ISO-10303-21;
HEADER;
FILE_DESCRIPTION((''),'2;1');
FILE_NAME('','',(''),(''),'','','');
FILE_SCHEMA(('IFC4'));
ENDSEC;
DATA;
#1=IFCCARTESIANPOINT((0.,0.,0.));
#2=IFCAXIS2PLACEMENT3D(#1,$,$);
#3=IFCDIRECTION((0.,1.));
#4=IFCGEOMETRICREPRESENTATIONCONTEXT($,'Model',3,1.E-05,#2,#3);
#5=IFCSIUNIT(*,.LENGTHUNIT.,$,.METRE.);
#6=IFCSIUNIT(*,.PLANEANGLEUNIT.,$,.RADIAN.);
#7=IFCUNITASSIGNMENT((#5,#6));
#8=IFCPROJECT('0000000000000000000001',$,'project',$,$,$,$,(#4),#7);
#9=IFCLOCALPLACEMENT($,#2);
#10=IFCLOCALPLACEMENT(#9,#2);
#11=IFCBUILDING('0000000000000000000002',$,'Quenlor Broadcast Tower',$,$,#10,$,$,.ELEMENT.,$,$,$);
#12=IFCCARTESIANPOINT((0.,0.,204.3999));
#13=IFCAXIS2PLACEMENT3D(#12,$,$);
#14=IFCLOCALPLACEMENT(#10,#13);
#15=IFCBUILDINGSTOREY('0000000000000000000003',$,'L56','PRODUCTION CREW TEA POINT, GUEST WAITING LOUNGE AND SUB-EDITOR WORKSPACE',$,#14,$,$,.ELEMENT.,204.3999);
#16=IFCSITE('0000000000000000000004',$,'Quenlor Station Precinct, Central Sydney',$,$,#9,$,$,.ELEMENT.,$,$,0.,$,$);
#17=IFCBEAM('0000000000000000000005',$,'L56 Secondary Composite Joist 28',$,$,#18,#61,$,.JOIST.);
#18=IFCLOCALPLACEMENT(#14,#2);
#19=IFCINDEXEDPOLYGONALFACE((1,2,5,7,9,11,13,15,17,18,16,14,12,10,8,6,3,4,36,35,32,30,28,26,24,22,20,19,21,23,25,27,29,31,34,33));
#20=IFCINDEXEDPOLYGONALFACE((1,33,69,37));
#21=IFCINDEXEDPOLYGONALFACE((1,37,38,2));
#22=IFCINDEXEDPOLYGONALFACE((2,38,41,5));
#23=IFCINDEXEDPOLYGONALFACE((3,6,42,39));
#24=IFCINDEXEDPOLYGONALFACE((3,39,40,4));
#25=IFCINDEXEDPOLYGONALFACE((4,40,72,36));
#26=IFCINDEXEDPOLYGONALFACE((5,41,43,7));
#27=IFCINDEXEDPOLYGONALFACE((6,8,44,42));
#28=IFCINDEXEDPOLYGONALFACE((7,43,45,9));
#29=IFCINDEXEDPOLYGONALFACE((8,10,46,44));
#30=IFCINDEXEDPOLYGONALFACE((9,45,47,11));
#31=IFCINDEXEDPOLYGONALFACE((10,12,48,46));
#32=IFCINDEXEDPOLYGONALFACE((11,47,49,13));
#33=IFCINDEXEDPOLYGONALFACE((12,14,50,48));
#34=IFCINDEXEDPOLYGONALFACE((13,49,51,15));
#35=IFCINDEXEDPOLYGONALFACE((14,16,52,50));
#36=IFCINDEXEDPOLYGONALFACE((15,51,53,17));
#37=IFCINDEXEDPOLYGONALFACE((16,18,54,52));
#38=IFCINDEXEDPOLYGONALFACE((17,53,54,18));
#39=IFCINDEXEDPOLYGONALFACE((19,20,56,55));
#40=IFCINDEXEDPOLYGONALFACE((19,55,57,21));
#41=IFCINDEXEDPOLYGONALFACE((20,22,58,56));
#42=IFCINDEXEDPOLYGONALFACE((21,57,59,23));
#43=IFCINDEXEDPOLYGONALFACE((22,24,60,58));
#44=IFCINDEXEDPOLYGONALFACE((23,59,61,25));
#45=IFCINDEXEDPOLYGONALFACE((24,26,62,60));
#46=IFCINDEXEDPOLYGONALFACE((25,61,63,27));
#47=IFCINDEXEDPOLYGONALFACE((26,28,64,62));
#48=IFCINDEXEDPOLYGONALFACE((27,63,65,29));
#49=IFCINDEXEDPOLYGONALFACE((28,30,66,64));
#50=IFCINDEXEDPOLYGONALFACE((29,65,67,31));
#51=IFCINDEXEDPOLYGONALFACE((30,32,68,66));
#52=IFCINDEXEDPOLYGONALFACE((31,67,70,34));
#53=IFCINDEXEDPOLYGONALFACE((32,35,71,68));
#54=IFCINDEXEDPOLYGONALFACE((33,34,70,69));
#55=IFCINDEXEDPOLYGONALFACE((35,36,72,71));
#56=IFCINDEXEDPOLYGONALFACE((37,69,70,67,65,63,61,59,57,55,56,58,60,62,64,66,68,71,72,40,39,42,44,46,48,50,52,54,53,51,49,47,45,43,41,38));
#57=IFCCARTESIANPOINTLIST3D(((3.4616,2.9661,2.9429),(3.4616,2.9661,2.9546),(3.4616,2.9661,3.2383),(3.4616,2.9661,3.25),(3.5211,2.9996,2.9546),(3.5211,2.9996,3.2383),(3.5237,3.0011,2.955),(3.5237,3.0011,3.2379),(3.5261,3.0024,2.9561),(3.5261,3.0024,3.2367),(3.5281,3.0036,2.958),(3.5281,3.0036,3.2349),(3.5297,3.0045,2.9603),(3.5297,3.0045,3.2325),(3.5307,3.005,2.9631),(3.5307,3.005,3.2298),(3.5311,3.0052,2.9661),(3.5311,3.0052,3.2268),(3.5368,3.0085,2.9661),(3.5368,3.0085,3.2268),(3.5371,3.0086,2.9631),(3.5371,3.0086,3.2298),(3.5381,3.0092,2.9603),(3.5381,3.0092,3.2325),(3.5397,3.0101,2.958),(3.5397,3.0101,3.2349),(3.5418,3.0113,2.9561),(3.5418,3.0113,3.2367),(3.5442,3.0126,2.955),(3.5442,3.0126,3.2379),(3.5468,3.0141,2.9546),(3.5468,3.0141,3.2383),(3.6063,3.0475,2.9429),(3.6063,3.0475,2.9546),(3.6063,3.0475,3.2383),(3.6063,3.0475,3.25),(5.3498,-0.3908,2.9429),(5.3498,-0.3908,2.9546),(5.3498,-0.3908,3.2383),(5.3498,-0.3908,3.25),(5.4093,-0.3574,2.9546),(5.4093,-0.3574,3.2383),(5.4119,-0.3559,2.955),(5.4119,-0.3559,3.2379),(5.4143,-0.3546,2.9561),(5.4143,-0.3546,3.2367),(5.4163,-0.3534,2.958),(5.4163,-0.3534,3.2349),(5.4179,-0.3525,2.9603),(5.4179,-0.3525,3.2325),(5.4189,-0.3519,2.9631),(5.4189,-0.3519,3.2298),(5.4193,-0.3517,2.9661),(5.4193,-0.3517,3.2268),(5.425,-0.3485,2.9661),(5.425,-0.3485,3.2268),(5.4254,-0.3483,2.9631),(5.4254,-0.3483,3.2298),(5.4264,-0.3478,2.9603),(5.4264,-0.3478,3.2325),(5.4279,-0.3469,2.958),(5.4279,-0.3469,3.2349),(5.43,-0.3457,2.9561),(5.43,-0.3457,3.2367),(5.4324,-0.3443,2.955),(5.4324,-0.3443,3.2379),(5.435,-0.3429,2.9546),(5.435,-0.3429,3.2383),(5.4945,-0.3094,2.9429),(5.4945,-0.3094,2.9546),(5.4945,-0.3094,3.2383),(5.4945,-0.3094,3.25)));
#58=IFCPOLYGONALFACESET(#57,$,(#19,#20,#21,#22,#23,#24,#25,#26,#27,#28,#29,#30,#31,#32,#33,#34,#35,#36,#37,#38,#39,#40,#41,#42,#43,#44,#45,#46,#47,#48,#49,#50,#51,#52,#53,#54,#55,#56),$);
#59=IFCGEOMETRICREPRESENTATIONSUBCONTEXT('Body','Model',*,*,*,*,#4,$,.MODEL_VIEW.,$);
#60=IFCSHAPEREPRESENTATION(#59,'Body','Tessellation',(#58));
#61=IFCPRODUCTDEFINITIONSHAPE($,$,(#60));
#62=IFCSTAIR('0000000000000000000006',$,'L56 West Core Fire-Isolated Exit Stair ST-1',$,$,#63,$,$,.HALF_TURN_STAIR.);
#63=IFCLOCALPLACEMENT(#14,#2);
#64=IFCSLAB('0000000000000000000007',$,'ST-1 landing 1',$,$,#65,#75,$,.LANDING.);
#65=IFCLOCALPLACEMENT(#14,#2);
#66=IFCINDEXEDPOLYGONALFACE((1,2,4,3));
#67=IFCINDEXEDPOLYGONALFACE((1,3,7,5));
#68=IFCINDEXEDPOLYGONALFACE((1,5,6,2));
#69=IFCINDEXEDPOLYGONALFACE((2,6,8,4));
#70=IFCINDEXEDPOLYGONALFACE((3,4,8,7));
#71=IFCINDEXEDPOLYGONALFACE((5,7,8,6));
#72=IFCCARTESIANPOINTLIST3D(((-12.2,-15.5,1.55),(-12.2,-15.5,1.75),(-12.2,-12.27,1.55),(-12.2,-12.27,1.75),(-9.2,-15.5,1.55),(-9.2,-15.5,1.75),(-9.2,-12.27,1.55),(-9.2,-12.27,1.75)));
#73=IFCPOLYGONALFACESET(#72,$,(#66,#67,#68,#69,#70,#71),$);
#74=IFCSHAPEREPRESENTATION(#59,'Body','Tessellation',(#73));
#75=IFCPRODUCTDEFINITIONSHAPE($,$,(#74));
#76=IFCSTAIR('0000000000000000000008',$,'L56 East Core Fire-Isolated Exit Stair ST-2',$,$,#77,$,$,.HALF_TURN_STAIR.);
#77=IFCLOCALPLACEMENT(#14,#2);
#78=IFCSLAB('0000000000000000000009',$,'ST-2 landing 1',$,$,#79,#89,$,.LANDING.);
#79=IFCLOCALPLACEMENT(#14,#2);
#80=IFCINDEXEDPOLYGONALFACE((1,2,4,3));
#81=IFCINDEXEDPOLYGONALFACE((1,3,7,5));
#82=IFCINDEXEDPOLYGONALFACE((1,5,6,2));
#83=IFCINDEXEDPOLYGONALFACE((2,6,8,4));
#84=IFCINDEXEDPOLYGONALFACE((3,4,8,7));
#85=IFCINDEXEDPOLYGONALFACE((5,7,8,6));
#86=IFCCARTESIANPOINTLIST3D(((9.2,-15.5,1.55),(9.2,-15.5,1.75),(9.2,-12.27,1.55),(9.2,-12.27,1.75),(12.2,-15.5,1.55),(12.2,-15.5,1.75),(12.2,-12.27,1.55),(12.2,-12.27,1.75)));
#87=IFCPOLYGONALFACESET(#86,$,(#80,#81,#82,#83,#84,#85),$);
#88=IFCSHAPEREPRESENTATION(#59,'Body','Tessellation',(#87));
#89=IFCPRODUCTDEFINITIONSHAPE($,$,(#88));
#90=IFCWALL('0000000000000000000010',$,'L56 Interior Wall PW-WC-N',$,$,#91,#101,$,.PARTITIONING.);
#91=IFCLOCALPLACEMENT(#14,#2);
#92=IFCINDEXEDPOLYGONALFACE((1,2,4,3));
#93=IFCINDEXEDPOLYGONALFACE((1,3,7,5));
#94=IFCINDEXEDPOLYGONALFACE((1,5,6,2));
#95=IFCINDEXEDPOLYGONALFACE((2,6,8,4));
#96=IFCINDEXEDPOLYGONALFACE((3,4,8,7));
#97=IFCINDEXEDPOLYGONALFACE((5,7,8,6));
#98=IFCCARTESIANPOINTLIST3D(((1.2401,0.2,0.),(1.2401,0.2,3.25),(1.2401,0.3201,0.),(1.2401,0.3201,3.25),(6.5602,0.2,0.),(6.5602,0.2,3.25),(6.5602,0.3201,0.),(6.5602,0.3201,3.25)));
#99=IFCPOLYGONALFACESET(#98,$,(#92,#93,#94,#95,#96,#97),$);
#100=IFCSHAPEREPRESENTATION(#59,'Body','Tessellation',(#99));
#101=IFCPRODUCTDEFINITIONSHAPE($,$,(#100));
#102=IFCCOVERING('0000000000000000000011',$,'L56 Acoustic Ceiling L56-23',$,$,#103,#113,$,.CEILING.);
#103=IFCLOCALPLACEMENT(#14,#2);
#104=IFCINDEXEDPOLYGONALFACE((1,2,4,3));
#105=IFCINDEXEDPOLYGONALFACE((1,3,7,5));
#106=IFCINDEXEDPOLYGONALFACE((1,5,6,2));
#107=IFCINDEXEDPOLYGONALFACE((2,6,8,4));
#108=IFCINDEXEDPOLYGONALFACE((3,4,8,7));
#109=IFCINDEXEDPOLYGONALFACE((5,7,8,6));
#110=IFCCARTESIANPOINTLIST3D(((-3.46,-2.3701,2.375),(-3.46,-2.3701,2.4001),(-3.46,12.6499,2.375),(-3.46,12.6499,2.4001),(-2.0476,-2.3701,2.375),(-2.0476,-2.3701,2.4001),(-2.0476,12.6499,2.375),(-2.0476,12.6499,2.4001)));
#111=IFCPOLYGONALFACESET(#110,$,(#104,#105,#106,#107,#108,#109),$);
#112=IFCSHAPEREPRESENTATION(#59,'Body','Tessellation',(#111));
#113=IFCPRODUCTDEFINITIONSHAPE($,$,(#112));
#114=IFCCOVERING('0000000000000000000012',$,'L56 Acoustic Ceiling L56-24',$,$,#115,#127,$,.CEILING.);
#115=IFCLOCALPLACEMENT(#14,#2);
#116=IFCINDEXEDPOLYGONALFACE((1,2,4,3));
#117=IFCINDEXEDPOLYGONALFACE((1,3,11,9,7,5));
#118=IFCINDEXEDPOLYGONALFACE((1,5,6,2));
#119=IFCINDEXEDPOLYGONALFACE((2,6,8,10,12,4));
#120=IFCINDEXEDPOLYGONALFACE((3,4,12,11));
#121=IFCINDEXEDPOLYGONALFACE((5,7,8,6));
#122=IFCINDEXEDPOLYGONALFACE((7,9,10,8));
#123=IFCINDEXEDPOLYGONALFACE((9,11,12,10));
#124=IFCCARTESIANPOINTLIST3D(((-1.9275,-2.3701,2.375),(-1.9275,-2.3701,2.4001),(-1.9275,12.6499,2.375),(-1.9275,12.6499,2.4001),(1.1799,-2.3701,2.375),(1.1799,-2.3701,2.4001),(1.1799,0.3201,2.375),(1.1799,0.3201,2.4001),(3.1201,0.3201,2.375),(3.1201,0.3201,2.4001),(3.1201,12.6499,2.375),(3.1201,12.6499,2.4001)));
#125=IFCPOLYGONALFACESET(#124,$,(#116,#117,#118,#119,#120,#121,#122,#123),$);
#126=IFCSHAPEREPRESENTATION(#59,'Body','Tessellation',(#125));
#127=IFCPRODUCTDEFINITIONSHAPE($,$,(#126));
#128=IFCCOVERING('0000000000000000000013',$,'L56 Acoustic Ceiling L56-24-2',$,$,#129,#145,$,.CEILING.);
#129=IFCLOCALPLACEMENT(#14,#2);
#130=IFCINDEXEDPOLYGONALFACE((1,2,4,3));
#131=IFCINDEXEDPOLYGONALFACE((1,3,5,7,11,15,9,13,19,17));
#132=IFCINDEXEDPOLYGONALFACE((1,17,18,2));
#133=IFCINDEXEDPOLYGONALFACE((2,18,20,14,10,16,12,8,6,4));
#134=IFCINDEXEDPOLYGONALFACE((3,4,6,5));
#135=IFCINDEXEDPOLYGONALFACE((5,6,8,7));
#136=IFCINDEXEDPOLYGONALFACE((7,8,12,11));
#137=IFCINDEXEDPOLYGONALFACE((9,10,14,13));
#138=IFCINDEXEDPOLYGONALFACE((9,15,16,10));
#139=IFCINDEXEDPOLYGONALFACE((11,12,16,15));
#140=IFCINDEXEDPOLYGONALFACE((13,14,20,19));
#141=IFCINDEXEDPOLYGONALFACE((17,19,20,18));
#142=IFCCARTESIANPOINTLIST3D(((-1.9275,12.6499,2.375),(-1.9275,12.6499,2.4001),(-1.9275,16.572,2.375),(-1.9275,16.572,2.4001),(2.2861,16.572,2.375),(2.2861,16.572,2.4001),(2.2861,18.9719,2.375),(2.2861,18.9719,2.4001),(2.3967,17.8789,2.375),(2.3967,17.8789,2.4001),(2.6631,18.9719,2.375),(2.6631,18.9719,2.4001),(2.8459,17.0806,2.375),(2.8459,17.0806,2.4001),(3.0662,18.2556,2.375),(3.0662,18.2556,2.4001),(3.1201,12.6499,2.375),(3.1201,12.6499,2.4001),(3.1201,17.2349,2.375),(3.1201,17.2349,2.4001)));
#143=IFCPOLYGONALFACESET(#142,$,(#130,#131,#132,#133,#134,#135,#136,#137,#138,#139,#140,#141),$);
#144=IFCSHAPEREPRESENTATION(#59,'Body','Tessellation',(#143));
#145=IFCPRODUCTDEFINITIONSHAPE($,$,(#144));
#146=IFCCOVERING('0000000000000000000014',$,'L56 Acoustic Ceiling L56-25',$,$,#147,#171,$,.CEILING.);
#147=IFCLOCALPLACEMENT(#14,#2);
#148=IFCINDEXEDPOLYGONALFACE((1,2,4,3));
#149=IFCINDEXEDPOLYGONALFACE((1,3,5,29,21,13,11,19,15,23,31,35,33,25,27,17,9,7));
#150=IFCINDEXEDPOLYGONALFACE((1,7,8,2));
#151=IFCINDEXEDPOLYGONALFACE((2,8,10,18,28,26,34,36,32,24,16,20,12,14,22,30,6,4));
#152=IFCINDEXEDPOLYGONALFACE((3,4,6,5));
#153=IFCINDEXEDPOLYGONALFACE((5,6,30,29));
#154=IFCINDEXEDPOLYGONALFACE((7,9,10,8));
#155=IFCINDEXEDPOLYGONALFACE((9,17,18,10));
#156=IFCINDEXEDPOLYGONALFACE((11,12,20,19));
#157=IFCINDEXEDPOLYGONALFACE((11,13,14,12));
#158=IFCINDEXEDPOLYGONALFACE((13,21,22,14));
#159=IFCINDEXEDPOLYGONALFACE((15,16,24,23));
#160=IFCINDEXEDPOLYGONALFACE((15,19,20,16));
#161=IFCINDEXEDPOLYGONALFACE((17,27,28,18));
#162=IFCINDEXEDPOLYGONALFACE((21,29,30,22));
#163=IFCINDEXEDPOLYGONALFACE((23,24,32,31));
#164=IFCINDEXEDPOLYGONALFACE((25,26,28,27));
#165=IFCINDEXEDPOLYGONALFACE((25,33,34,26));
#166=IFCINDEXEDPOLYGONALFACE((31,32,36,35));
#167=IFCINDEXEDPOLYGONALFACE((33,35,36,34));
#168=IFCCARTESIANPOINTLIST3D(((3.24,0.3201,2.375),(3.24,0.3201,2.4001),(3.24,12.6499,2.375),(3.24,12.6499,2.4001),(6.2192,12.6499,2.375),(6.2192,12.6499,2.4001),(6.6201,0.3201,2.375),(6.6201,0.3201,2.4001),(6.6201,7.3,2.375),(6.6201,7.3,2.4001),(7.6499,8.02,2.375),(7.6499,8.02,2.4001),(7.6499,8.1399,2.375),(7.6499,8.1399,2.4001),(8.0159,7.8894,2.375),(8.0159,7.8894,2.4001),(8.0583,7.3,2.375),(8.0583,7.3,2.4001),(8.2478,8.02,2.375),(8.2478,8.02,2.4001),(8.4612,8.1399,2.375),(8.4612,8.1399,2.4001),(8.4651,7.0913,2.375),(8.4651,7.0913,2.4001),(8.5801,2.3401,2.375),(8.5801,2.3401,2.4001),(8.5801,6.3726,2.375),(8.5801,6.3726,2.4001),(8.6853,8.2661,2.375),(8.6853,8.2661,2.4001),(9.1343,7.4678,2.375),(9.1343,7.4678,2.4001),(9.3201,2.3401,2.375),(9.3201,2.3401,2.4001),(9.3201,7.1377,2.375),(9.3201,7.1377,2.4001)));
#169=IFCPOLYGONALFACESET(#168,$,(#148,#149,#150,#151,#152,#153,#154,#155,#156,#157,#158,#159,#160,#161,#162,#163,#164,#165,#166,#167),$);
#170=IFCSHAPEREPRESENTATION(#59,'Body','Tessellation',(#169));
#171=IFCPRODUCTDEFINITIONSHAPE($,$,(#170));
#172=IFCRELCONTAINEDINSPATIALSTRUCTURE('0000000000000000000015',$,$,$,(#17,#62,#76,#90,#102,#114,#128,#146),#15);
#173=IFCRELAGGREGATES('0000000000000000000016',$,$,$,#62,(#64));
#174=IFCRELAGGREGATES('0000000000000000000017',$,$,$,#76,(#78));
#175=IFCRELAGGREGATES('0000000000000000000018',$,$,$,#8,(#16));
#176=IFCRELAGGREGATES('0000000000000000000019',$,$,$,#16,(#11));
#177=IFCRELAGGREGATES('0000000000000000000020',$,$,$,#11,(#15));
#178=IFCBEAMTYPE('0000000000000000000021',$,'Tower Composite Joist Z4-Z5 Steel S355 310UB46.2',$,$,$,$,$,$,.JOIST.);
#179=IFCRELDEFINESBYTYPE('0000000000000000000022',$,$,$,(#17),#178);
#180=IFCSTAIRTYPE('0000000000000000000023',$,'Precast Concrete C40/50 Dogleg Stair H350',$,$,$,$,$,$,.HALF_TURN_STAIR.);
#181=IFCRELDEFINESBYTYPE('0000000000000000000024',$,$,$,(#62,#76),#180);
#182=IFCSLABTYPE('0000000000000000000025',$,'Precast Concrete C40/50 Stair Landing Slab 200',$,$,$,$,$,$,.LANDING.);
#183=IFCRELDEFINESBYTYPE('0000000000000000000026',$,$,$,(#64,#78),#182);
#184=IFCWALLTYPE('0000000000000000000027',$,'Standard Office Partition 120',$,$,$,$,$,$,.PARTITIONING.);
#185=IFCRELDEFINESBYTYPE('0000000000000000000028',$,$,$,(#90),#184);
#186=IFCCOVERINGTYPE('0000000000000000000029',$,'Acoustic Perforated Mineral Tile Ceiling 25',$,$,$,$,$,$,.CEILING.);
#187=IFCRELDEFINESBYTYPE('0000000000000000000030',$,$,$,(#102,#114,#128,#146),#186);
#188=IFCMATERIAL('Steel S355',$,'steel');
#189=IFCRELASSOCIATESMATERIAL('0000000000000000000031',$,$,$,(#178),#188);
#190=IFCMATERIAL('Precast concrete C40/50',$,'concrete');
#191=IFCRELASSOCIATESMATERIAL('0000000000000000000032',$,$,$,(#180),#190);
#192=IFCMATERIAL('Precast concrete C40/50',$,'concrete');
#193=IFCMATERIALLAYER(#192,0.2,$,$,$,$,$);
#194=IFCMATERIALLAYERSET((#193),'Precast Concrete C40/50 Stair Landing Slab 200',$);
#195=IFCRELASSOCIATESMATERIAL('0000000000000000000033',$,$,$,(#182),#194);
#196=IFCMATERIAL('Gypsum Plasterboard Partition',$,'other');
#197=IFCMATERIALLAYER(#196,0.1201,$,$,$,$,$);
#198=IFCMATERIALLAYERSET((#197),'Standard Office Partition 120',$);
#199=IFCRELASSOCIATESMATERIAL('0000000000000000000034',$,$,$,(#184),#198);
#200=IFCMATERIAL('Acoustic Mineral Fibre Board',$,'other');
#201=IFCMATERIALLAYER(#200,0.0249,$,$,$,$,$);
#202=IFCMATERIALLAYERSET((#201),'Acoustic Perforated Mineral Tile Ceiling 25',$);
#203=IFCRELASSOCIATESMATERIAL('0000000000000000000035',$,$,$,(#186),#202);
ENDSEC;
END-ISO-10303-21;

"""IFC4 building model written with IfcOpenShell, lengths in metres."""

from ifc_helpers import new_model, si_unit, direction, frame, frame_2d, origin, origin_2d, place, context, subcontext, project, spatial, polyline, rectangle, i_section, outline, extrude, material, layer, layer_set, material_profile, profile_set, type_object, element, aggregate, save


model = new_model("IFC4")

# Units and contexts
model_context = context("Model", 3, precision=1e-05, world=origin(), true_north=direction((0.0, 1.0)))
body_context = subcontext(model_context, "Body", "Model", "MODEL_VIEW")
ifc_project = project(units=[si_unit("LENGTHUNIT", "METRE"), si_unit("PLANEANGLEUNIT", "RADIAN")], contexts=[model_context])

# Site, building, storey
site_placement = place(None, origin())
site = spatial("IfcSite", under=ifc_project, at=site_placement, Name="Quenlor Station Precinct, Central Sydney", CompositionType="ELEMENT", RefElevation=0.0)
building_placement = place(site_placement, origin())
building = spatial("IfcBuilding", under=site, at=building_placement, Name="Quenlor Broadcast Tower", CompositionType="ELEMENT")
storey_placement = place(building_placement, frame((0.0, 0.0, 204.3999)))
storey = spatial("IfcBuildingStorey", under=building, at=storey_placement, Name="L56", Description="PRODUCTION CREW TEA POINT, GUEST WAITING LOUNGE AND SUB-EDITOR WORKSPACE", CompositionType="ELEMENT", Elevation=204.3999)

# Beam
ifc_material_1 = material(Name="Steel S355", Category="steel")
ifc_material_profile = material_profile(ifc_material_1, i_section(OverallWidth=0.166, OverallDepth=0.3071, WebThickness=0.0066, FlangeThickness=0.0117, FilletRadius=0.0115, at=origin_2d()))
ifc_profile_set = profile_set([ifc_material_profile], Name="Steel S355 310UB46.2")
beam_type = type_object("IfcBeamType", Name="Tower Composite Joist Z4-Z5 Steel S355 310UB46.2", PredefinedType="JOIST", material=ifc_profile_set)
beam_placement = place(storey_placement, frame((3.5339, 3.0068, 3.0964), z_axis=(0.490243, -0.871586, 0.0), x_axis=(0.871586, 0.490243, 0.0)))
element("IfcBeam", 1, at=beam_placement, inside=storey, type_object=beam_type, Name="L56 Secondary Composite Joist 28", PredefinedType="JOIST", context=body_context, shape_type="SweptSolid", body=[
    extrude(i_section(OverallWidth=0.166, OverallDepth=0.3071, WebThickness=0.0066, FlangeThickness=0.0117, FilletRadius=0.0115, at=origin_2d()), origin(), (0.0, 0.0, 1.0), 3.8516),
])

# Stairs, slabs
ifc_material_2 = material(Name="Precast concrete C40/50", Category="concrete")
stair_type = type_object("IfcStairType", Name="Precast Concrete C40/50 Dogleg Stair H350", PredefinedType="HALF_TURN_STAIR", material=ifc_material_2)
stair_1_placement = place(storey_placement, origin())
stair_1 = element("IfcStair", 2, at=stair_1_placement, inside=storey, type_object=stair_type, Name="L56 West Core Fire-Isolated Exit Stair ST-1", PredefinedType="HALF_TURN_STAIR")
ifc_material_3 = material(Name="Precast concrete C40/50", Category="concrete")
ifc_layer_1 = layer(ifc_material_3, 0.2)
ifc_layer_set_1 = layer_set([ifc_layer_1], Name="Precast Concrete C40/50 Stair Landing Slab 200")
slab_type = type_object("IfcSlabType", Name="Precast Concrete C40/50 Stair Landing Slab 200", PredefinedType="LANDING", material=ifc_layer_set_1)
slab_1_placement = place(storey_placement, frame((0.0, 0.0, 1.55)))
slab_1 = element("IfcSlab", 3, at=slab_1_placement, type_object=slab_type, Name="ST-1 landing 1", PredefinedType="LANDING", context=body_context, shape_type="SweptSolid", body=[
    extrude(outline(polyline([(-12.2, -12.27), (-12.2, -15.5), (-9.2, -15.5), (-9.2, -12.27), (-12.2, -12.27)])), origin(), (0.0, 0.0, 1.0), 0.2),
])
aggregate(stair_1, [slab_1])
stair_2_placement = place(storey_placement, origin())
stair_2 = element("IfcStair", 4, at=stair_2_placement, inside=storey, type_object=stair_type, Name="L56 East Core Fire-Isolated Exit Stair ST-2", PredefinedType="HALF_TURN_STAIR")
slab_2_placement = place(storey_placement, frame((0.0, 0.0, 1.55)))
slab_2 = element("IfcSlab", 5, at=slab_2_placement, type_object=slab_type, Name="ST-2 landing 1", PredefinedType="LANDING", context=body_context, shape_type="SweptSolid", body=[
    extrude(outline(polyline([(9.2, -12.27), (9.2, -15.5), (12.2, -15.5), (12.2, -12.27), (9.2, -12.27)])), origin(), (0.0, 0.0, 1.0), 0.2),
])
aggregate(stair_2, [slab_2])

# Wall
ifc_material_4 = material(Name="Gypsum Plasterboard Partition", Category="other")
ifc_layer_2 = layer(ifc_material_4, 0.1201)
ifc_layer_set_2 = layer_set([ifc_layer_2], Name="Standard Office Partition 120")
wall_type = type_object("IfcWallType", Name="Standard Office Partition 120", PredefinedType="PARTITIONING", material=ifc_layer_set_2)
wall_placement = place(storey_placement, frame((1.24, 0.26, 0.0), z_axis=(0.0, 0.0, 1.0), x_axis=(1.0, 0.0, 0.0)))
element("IfcWall", 6, at=wall_placement, inside=storey, type_object=wall_type, Name="L56 Interior Wall PW-WC-N", PredefinedType="PARTITIONING", context=body_context, shape_type="SweptSolid", body=[
    extrude(rectangle(XDim=5.3201, YDim=0.1201, at=frame_2d((2.6602, 0.0))), origin(), (0.0, 0.0, 1.0), 3.25),
])

# Coverings
ifc_material_5 = material(Name="Acoustic Mineral Fibre Board", Category="other")
ifc_layer_3 = layer(ifc_material_5, 0.0249)
ifc_layer_set_3 = layer_set([ifc_layer_3], Name="Acoustic Perforated Mineral Tile Ceiling 25")
covering_type_1 = type_object("IfcCoveringType", Name="Acoustic Perforated Mineral Tile Ceiling 25", PredefinedType="CEILING", material=ifc_layer_set_3)
covering_1_placement = place(storey_placement, frame((0.0, 0.0, 2.375)))
element("IfcCovering", 7, at=covering_1_placement, inside=storey, type_object=covering_type_1, Name="L56 Acoustic Ceiling L56-23", PredefinedType="CEILING", context=body_context, shape_type="SweptSolid", body=[
    extrude(outline(polyline([(-2.0476, -2.3701), (-3.46, -2.3701), (-3.46, 12.6499), (-2.0476, 12.6499), (-2.0476, -2.3701)])), origin(), (0.0, 0.0, 1.0), 0.0251),
])
covering_2_placement = place(storey_placement, frame((0.0, 0.0, 2.375)))
element("IfcCovering", 8, at=covering_2_placement, inside=storey, type_object=covering_type_1, Name="L56 Acoustic Ceiling L56-24", PredefinedType="CEILING", context=body_context, shape_type="SweptSolid", body=[
    extrude(outline(polyline([(3.1201, 0.3201), (1.1799, 0.3201), (1.1799, -2.3701), (-1.9275, -2.3701), (-1.9275, 12.6499), (3.1201, 12.6499), (3.1201, 0.3201)])), origin(), (0.0, 0.0, 1.0), 0.0251),
])
covering_3_placement = place(storey_placement, frame((0.0, 0.0, 2.375)))
element("IfcCovering", 9, at=covering_3_placement, inside=storey, type_object=covering_type_1, Name="L56 Acoustic Ceiling L56-24-2", PredefinedType="CEILING", context=body_context, shape_type="SweptSolid", body=[
    extrude(outline(polyline([(3.0662, 18.2556), (2.3967, 17.8789), (2.8459, 17.0806), (3.1201, 17.2349), (3.1201, 12.6499), (-1.9275, 12.6499), (-1.9275, 16.572), (2.2861, 16.572), (2.2861, 18.9719), (2.6631, 18.9719), (3.0662, 18.2556)])), origin(), (0.0, 0.0, 1.0), 0.0251),
])
covering_4_placement = place(storey_placement, frame((0.0, 0.0, 2.375)))
element("IfcCovering", 10, at=covering_4_placement, inside=storey, type_object=covering_type_1, Name="L56 Acoustic Ceiling L56-25", PredefinedType="CEILING", context=body_context, shape_type="SweptSolid", body=[
    extrude(outline(polyline([(8.2478, 8.02), (8.0159, 7.8894), (8.4651, 7.0913), (9.1343, 7.4678), (9.3201, 7.1377), (9.3201, 2.3401), (8.5801, 2.3401), (8.5801, 6.3726), (8.0583, 7.3), (6.6201, 7.3), (6.6201, 0.3201), (3.24, 0.3201), (3.24, 12.6499), (6.2192, 12.6499), (8.6853, 8.2661), (8.4612, 8.1399), (7.6499, 8.1399), (7.6499, 8.02), (8.2478, 8.02)])), origin(), (0.0, 0.0, 1.0), 0.0251),
])

save(model, "model.ifc")
